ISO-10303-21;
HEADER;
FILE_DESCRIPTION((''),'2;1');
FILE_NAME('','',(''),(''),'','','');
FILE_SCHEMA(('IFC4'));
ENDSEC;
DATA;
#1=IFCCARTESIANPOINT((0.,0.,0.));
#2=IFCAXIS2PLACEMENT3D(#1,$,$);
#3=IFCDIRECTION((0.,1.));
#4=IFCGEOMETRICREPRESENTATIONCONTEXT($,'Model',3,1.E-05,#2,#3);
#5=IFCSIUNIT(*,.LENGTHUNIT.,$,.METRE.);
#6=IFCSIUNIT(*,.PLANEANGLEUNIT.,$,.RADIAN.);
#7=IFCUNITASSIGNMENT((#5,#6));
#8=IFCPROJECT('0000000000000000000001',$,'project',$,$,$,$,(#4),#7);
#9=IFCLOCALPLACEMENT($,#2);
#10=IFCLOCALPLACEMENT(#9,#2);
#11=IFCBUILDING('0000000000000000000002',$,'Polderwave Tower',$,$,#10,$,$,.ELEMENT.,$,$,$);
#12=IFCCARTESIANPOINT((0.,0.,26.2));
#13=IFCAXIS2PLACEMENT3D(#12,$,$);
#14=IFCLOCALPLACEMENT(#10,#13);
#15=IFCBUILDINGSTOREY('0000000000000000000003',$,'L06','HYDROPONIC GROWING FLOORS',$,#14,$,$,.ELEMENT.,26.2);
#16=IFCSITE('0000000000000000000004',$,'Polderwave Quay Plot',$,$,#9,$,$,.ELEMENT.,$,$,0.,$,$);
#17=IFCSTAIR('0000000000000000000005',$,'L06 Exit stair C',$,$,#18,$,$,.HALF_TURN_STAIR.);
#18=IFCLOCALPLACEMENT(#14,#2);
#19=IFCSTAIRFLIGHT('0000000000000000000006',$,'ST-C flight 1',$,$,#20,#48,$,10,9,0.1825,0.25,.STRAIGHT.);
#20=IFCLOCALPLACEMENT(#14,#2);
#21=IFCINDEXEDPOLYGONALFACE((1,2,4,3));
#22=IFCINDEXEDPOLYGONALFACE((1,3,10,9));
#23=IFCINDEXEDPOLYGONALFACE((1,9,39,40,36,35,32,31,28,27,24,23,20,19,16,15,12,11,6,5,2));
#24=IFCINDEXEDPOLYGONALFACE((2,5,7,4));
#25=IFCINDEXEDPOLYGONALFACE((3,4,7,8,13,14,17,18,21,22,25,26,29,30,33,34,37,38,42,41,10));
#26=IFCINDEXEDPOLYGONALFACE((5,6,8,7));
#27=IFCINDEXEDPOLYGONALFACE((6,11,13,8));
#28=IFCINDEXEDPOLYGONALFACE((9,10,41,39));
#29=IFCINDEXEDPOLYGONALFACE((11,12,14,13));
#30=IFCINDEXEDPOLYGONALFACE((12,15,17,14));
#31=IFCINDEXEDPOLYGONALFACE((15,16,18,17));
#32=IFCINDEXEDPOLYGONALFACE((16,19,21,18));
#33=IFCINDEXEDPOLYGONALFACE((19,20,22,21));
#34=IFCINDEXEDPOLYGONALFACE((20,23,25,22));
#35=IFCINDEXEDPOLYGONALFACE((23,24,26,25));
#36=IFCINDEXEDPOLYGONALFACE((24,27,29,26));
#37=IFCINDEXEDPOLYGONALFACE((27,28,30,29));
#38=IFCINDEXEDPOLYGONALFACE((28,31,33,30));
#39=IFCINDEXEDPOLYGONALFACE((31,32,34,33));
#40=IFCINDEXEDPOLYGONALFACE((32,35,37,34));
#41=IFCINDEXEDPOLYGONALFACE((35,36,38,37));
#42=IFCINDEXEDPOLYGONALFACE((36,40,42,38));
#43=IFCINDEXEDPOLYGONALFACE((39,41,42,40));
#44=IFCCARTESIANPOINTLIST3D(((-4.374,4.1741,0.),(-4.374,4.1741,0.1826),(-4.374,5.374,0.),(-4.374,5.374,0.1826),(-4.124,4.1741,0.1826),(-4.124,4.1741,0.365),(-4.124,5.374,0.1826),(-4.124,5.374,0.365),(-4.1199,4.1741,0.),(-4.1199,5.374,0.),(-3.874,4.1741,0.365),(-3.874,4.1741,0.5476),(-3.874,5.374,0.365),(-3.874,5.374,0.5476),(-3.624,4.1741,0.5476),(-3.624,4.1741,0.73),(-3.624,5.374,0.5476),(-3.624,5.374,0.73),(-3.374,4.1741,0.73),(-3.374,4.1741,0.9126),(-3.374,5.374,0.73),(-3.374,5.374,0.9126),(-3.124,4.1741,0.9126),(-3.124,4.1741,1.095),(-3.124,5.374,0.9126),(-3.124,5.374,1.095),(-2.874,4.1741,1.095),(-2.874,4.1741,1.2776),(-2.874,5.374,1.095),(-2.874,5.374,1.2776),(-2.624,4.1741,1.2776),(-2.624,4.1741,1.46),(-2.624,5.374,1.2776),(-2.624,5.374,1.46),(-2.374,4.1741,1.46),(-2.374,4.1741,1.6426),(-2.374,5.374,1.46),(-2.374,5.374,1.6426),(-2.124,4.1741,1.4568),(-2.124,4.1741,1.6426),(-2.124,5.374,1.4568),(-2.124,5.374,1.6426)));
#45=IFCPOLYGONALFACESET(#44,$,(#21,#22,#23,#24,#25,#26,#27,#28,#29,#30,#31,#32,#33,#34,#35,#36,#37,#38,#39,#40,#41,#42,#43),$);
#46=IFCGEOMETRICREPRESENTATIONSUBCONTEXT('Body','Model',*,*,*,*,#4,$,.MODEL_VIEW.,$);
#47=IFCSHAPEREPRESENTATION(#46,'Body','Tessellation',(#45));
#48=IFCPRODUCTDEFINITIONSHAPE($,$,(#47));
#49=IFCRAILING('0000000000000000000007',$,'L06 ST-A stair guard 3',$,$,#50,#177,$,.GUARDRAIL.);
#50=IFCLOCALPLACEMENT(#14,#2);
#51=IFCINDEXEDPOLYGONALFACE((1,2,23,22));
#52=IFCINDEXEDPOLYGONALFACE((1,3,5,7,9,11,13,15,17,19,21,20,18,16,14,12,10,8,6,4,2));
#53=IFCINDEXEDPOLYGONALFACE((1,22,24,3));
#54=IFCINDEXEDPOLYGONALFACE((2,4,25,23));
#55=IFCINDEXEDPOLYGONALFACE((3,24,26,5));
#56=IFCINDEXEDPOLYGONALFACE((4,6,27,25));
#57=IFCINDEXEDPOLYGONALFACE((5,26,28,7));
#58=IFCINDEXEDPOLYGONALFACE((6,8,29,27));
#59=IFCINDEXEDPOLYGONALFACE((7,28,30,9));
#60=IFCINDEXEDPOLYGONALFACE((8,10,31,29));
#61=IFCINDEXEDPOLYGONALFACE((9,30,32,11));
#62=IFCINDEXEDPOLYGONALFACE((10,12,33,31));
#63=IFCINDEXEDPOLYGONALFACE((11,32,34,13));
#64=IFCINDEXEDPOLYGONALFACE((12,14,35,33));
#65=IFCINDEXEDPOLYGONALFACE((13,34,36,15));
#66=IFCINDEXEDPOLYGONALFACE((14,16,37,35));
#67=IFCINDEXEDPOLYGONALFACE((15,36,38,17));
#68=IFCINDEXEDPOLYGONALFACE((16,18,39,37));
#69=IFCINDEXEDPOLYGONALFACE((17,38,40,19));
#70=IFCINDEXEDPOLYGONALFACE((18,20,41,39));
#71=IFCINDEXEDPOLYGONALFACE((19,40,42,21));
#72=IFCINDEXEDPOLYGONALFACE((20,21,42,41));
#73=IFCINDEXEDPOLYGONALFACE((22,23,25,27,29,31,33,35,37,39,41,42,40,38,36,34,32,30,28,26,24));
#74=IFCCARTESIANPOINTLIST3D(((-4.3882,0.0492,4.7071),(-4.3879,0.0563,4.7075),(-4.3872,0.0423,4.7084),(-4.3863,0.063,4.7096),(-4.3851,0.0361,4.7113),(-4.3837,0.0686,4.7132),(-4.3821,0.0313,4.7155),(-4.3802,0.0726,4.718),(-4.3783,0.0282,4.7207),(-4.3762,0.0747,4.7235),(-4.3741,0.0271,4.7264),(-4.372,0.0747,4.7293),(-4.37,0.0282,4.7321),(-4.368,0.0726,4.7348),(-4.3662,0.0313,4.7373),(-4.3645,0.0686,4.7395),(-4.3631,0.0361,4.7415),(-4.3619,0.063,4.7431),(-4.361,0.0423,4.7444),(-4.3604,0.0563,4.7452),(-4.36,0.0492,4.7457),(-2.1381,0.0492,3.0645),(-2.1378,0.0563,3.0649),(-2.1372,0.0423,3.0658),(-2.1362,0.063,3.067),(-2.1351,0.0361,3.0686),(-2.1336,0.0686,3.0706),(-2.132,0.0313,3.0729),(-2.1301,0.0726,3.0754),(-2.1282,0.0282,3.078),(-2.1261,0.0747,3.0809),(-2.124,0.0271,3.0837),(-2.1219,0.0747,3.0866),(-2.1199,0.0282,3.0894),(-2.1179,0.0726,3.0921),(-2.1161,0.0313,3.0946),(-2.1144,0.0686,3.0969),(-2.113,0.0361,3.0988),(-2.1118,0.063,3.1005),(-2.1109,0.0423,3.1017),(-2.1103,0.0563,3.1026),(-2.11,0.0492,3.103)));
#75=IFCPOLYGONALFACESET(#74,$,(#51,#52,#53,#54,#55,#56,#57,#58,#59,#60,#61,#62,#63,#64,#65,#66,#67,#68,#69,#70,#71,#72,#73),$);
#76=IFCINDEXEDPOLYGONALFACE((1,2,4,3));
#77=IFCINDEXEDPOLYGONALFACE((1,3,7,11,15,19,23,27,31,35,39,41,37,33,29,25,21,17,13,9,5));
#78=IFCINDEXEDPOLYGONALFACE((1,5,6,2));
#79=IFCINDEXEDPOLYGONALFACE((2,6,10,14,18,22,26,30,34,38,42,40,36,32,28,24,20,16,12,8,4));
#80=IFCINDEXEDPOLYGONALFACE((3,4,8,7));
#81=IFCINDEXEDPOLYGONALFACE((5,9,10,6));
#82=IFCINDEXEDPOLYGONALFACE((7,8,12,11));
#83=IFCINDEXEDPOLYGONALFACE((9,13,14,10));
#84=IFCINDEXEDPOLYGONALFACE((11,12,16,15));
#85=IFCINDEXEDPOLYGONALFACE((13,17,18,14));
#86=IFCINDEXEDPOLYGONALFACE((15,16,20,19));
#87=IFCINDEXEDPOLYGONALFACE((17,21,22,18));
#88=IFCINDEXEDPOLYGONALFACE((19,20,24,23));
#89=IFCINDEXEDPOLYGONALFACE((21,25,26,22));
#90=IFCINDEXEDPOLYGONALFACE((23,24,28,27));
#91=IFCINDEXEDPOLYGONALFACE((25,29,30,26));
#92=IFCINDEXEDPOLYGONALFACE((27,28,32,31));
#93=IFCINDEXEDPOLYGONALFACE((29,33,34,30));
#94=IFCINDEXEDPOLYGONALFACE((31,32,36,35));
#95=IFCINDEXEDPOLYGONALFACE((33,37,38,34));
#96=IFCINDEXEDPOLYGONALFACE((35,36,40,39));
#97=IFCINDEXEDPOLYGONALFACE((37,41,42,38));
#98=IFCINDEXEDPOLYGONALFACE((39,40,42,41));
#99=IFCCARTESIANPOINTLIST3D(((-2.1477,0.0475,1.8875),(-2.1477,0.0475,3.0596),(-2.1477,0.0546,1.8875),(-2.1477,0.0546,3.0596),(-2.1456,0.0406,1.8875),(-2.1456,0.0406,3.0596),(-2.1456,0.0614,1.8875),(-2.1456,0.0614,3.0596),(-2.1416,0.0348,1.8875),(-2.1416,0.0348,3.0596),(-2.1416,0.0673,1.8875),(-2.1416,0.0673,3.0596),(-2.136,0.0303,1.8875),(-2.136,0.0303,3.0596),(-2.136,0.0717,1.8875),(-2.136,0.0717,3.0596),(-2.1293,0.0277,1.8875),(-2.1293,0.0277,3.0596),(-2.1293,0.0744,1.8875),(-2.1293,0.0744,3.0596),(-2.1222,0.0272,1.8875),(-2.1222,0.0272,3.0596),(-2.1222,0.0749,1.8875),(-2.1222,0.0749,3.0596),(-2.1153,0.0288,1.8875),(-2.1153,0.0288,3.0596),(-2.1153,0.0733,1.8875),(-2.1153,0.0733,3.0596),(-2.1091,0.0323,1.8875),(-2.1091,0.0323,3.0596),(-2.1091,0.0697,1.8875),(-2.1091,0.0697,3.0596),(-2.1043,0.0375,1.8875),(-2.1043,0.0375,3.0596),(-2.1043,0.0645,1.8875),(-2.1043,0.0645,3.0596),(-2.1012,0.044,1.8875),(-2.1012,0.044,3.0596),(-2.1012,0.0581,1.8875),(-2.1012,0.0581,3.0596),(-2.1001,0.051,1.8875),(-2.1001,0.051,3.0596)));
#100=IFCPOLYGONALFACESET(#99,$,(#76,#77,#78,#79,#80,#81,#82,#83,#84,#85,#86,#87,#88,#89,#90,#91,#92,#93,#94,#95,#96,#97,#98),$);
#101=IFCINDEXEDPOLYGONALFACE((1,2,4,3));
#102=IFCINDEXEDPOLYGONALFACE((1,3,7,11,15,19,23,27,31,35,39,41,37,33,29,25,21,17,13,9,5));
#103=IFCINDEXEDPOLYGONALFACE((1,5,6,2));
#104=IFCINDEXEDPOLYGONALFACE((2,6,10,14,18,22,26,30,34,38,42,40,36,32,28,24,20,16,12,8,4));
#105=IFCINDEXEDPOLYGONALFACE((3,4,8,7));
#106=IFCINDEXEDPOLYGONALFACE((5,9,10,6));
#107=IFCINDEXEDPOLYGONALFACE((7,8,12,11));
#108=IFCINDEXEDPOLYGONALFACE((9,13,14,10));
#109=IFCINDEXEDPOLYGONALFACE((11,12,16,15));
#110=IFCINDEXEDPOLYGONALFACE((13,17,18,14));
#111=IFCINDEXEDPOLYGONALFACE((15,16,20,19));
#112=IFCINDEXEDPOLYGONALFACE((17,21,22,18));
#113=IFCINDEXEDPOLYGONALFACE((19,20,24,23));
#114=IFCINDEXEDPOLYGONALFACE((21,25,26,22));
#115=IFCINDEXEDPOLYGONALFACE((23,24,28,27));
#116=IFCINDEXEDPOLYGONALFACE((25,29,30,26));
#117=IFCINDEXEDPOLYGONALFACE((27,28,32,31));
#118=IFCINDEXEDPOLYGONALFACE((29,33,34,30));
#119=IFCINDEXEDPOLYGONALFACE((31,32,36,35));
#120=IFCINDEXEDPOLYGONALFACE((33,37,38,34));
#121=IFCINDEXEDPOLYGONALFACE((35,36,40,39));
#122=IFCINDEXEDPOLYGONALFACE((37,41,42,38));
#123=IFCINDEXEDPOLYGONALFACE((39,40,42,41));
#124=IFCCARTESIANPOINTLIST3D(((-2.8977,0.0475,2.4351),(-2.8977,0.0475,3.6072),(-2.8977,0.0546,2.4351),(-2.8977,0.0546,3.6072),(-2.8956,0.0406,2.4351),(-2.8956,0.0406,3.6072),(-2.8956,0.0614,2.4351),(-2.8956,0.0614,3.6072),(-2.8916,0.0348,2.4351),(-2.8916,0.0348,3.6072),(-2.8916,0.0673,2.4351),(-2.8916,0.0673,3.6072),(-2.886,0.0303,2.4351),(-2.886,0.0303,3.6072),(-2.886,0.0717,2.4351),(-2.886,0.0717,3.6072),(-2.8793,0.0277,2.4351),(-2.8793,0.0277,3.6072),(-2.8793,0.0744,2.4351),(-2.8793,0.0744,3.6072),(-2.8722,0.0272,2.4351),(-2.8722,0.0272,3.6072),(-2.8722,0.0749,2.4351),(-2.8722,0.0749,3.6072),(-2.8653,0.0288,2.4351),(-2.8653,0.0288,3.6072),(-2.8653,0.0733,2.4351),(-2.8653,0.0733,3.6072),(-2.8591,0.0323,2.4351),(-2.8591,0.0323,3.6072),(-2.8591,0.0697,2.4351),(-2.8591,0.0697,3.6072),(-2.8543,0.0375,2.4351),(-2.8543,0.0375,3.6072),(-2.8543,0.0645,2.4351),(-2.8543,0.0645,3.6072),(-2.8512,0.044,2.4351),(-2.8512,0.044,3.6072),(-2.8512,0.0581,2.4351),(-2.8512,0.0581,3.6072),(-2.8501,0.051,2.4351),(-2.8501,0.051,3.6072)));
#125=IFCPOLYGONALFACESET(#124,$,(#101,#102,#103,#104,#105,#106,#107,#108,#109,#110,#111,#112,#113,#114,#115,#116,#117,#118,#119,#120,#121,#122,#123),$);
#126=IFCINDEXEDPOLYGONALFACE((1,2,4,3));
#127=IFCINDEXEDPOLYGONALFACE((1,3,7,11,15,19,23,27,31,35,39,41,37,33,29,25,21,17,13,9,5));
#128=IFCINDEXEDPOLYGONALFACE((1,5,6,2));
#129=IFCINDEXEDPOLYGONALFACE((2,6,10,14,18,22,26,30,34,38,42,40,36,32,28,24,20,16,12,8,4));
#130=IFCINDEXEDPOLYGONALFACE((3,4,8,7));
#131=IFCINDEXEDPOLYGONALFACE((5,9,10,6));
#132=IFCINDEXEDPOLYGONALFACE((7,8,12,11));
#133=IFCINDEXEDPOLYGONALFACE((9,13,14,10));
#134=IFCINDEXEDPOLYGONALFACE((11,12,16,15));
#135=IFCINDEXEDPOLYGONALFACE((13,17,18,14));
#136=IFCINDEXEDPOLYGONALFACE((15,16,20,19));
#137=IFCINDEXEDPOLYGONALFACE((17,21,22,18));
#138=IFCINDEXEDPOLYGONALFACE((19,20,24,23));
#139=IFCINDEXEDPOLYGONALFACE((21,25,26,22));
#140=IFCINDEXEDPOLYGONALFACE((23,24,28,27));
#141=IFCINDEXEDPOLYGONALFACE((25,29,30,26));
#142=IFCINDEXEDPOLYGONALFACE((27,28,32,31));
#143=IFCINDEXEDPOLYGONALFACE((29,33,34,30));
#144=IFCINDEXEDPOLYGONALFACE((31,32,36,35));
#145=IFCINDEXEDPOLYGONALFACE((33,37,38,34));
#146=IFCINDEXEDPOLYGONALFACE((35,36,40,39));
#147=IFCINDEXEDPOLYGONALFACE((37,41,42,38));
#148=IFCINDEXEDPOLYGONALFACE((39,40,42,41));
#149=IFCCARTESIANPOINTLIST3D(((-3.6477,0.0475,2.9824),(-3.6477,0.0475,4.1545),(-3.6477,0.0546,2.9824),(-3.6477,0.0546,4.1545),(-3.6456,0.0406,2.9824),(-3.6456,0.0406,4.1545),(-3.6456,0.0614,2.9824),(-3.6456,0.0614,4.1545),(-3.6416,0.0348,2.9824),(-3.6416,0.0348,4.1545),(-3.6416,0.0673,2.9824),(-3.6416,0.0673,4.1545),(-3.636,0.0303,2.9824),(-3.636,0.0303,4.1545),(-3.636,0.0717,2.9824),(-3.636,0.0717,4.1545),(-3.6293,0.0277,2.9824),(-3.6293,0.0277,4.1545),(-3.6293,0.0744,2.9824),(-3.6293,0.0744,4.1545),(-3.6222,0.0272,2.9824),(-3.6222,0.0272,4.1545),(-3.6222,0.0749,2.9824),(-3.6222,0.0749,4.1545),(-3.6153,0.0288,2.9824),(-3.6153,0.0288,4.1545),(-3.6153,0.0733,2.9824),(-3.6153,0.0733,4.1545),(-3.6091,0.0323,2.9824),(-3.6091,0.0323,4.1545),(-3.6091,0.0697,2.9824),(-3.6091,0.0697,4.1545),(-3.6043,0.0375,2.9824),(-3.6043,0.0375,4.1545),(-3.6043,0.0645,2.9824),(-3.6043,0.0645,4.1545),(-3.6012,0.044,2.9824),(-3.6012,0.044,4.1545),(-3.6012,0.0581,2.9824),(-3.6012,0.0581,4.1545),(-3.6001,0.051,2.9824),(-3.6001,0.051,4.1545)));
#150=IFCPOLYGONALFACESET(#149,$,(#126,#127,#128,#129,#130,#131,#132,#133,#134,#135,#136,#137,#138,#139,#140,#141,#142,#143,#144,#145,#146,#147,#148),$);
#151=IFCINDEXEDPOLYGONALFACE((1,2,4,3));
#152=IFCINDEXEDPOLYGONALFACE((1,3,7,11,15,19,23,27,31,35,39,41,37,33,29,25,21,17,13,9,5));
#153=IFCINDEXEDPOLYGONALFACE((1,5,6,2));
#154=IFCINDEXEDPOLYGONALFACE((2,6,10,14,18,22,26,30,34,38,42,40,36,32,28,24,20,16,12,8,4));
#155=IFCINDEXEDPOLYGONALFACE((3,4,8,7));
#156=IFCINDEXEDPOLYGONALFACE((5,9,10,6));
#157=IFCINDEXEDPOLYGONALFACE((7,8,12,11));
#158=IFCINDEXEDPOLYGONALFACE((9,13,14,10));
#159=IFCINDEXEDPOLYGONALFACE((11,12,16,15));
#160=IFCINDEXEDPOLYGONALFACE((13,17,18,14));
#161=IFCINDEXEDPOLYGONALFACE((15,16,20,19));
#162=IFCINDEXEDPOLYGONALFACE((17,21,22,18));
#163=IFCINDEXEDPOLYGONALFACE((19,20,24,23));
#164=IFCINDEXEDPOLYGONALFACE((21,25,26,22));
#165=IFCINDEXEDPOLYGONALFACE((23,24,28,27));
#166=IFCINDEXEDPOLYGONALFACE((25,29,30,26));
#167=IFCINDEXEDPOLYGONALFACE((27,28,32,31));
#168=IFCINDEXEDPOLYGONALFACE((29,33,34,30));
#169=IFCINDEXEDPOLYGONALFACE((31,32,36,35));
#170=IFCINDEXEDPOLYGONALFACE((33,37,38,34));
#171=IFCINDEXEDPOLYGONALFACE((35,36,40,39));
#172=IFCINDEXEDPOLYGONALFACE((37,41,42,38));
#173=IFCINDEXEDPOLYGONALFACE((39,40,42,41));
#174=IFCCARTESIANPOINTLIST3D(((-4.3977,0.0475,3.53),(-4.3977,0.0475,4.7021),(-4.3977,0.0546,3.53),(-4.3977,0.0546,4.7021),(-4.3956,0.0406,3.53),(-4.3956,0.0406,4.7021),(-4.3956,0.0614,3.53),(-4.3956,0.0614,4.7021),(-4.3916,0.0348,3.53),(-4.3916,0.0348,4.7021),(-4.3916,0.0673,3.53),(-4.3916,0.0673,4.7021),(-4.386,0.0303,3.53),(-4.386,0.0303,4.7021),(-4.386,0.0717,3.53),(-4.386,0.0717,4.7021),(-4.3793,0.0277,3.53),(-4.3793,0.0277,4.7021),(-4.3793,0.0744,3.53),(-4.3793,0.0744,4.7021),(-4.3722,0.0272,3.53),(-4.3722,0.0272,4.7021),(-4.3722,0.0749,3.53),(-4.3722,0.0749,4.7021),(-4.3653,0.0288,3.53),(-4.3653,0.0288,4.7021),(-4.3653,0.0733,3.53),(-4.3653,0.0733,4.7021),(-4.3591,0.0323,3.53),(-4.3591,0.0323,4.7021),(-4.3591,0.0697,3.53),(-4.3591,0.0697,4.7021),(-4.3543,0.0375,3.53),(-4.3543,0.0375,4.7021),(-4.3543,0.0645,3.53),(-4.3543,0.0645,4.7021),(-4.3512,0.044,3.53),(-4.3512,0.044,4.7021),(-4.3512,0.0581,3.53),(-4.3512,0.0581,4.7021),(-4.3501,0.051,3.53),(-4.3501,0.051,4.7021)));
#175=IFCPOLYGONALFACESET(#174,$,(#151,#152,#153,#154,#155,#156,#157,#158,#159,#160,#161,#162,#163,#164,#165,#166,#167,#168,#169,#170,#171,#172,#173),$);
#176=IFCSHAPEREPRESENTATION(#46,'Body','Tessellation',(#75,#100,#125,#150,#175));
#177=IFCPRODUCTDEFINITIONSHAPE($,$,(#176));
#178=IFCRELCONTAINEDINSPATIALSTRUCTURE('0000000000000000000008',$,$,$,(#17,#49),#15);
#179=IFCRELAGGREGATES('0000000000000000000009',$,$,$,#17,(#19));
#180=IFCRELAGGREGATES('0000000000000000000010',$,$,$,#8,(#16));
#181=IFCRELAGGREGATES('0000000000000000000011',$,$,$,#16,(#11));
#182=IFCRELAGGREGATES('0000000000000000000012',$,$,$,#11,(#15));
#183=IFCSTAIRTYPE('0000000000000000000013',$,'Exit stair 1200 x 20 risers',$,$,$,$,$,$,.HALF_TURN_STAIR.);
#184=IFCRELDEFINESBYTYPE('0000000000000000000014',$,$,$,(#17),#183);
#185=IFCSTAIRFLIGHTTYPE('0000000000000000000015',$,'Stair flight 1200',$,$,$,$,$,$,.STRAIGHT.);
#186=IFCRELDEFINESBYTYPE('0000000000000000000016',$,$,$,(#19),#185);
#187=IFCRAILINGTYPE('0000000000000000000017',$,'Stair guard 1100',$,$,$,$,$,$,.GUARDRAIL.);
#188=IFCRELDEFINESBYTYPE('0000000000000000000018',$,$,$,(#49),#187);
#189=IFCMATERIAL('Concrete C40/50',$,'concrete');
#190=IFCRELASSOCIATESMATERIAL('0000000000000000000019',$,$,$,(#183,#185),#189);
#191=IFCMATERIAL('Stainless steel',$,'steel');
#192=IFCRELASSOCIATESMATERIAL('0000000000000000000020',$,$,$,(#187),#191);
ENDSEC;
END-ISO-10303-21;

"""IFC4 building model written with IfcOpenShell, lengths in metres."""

from ifc_helpers import new_model, si_unit, direction, frame, origin, origin_2d, place, context, subcontext, project, spatial, polyline, circle, outline, extrude, material, type_object, element, aggregate, save


model = new_model("IFC4")

# Units and contexts
model_context = context("Model", 3, precision=1e-05, world=origin(), true_north=direction((0.0, 1.0)))
body_context = subcontext(model_context, "Body", "Model", "MODEL_VIEW")
ifc_project = project(units=[si_unit("LENGTHUNIT", "METRE"), si_unit("PLANEANGLEUNIT", "RADIAN")], contexts=[model_context])

# Site, building, storey
site_placement = place(None, origin())
site = spatial("IfcSite", under=ifc_project, at=site_placement, Name="Polderwave Quay Plot", CompositionType="ELEMENT", RefElevation=0.0)
building_placement = place(site_placement, origin())
building = spatial("IfcBuilding", under=site, at=building_placement, Name="Polderwave Tower", CompositionType="ELEMENT")
storey_placement = place(building_placement, frame((0.0, 0.0, 26.2)))
storey = spatial("IfcBuildingStorey", under=building, at=storey_placement, Name="L06", Description="HYDROPONIC GROWING FLOORS", CompositionType="ELEMENT", Elevation=26.2)

# Shared definitions
ifc_material_1 = material(Name="Concrete C40/50", Category="concrete")

# Stair
stair_type = type_object("IfcStairType", Name="Exit stair 1200 x 20 risers", PredefinedType="HALF_TURN_STAIR", material=ifc_material_1)
stair_1_placement = place(storey_placement, origin())
stair_1 = element("IfcStair", 1, at=stair_1_placement, inside=storey, type_object=stair_type, Name="L06 Exit stair C", PredefinedType="HALF_TURN_STAIR")

# Stair flight
stair_flight_type = type_object("IfcStairFlightType", Name="Stair flight 1200", PredefinedType="STRAIGHT", material=ifc_material_1)
stair_flight_1_placement = place(storey_placement, frame((-4.374, 4.7739, 0.0), z_axis=(0.0, 0.0, 1.0), x_axis=(1.0, 0.0, 0.0)))
stair_flight_1 = element("IfcStairFlight", 2, at=stair_flight_1_placement, type_object=stair_flight_type, Name="ST-C flight 1", NumberOfRisers=10, NumberOfTreads=9, PredefinedType="STRAIGHT", RiserHeight=0.1825, TreadLength=0.25, context=body_context, shape_type="SweptSolid", body=[
    extrude(outline(polyline([(0.0, 0.0), (0.0, 0.1826), (0.25, 0.1826), (0.25, 0.365), (0.5, 0.365), (0.5, 0.5476), (0.75, 0.5476), (0.75, 0.73), (1.0, 0.73), (1.0, 0.9126), (1.25, 0.9126), (1.25, 1.095), (1.5, 1.095), (1.5, 1.2776), (1.75, 1.2776), (1.75, 1.46), (2.0, 1.46), (2.0, 1.6426), (2.25, 1.6426), (2.25, 1.825), (2.25, 1.4568), (0.2542, 0.0), (0.0, 0.0)])), frame((0.0, 0.6001, 0.0), z_axis=(0.0, -1.0, 0.0), x_axis=(1.0, 0.0, 0.0)), (0.0, 0.0, 1.0), 1.2),
])
aggregate(stair_1, [stair_flight_1])

# Railing
ifc_material_2 = material(Name="Stainless steel", Category="steel")
railing_type_1 = type_object("IfcRailingType", Name="Stair guard 1100", PredefinedType="GUARDRAIL", material=ifc_material_2)
railing_1_placement = place(storey_placement, frame((-2.124, 0.051, 1.8875)))
element("IfcRailing", 3, at=railing_1_placement, inside=storey, type_object=railing_type_1, Name="L06 ST-A stair guard 3", PredefinedType="GUARDRAIL", context=body_context, shape_type="SweptSolid", body=[
    extrude(circle(Radius=0.0239, at=origin_2d()), frame((0.0, 0.0, 1.1963), z_axis=(-0.807674, 0.0, 0.58963), x_axis=(0.0, -1.0, 0.0)), (0.0, 0.0, 1.0), 2.7859),
    extrude(circle(Radius=0.0239, at=origin_2d()), origin(), (0.0, 0.0, 1.0), 1.1721),
    extrude(circle(Radius=0.0239, at=origin_2d()), frame((-0.75, 0.0, 0.5476)), (0.0, 0.0, 1.0), 1.1721),
    extrude(circle(Radius=0.0239, at=origin_2d()), frame((-1.5, 0.0, 1.095)), (0.0, 0.0, 1.0), 1.1721),
    extrude(circle(Radius=0.0239, at=origin_2d()), frame((-2.25, 0.0, 1.6426)), (0.0, 0.0, 1.0), 1.1721),
])

save(model, "model.ifc")
